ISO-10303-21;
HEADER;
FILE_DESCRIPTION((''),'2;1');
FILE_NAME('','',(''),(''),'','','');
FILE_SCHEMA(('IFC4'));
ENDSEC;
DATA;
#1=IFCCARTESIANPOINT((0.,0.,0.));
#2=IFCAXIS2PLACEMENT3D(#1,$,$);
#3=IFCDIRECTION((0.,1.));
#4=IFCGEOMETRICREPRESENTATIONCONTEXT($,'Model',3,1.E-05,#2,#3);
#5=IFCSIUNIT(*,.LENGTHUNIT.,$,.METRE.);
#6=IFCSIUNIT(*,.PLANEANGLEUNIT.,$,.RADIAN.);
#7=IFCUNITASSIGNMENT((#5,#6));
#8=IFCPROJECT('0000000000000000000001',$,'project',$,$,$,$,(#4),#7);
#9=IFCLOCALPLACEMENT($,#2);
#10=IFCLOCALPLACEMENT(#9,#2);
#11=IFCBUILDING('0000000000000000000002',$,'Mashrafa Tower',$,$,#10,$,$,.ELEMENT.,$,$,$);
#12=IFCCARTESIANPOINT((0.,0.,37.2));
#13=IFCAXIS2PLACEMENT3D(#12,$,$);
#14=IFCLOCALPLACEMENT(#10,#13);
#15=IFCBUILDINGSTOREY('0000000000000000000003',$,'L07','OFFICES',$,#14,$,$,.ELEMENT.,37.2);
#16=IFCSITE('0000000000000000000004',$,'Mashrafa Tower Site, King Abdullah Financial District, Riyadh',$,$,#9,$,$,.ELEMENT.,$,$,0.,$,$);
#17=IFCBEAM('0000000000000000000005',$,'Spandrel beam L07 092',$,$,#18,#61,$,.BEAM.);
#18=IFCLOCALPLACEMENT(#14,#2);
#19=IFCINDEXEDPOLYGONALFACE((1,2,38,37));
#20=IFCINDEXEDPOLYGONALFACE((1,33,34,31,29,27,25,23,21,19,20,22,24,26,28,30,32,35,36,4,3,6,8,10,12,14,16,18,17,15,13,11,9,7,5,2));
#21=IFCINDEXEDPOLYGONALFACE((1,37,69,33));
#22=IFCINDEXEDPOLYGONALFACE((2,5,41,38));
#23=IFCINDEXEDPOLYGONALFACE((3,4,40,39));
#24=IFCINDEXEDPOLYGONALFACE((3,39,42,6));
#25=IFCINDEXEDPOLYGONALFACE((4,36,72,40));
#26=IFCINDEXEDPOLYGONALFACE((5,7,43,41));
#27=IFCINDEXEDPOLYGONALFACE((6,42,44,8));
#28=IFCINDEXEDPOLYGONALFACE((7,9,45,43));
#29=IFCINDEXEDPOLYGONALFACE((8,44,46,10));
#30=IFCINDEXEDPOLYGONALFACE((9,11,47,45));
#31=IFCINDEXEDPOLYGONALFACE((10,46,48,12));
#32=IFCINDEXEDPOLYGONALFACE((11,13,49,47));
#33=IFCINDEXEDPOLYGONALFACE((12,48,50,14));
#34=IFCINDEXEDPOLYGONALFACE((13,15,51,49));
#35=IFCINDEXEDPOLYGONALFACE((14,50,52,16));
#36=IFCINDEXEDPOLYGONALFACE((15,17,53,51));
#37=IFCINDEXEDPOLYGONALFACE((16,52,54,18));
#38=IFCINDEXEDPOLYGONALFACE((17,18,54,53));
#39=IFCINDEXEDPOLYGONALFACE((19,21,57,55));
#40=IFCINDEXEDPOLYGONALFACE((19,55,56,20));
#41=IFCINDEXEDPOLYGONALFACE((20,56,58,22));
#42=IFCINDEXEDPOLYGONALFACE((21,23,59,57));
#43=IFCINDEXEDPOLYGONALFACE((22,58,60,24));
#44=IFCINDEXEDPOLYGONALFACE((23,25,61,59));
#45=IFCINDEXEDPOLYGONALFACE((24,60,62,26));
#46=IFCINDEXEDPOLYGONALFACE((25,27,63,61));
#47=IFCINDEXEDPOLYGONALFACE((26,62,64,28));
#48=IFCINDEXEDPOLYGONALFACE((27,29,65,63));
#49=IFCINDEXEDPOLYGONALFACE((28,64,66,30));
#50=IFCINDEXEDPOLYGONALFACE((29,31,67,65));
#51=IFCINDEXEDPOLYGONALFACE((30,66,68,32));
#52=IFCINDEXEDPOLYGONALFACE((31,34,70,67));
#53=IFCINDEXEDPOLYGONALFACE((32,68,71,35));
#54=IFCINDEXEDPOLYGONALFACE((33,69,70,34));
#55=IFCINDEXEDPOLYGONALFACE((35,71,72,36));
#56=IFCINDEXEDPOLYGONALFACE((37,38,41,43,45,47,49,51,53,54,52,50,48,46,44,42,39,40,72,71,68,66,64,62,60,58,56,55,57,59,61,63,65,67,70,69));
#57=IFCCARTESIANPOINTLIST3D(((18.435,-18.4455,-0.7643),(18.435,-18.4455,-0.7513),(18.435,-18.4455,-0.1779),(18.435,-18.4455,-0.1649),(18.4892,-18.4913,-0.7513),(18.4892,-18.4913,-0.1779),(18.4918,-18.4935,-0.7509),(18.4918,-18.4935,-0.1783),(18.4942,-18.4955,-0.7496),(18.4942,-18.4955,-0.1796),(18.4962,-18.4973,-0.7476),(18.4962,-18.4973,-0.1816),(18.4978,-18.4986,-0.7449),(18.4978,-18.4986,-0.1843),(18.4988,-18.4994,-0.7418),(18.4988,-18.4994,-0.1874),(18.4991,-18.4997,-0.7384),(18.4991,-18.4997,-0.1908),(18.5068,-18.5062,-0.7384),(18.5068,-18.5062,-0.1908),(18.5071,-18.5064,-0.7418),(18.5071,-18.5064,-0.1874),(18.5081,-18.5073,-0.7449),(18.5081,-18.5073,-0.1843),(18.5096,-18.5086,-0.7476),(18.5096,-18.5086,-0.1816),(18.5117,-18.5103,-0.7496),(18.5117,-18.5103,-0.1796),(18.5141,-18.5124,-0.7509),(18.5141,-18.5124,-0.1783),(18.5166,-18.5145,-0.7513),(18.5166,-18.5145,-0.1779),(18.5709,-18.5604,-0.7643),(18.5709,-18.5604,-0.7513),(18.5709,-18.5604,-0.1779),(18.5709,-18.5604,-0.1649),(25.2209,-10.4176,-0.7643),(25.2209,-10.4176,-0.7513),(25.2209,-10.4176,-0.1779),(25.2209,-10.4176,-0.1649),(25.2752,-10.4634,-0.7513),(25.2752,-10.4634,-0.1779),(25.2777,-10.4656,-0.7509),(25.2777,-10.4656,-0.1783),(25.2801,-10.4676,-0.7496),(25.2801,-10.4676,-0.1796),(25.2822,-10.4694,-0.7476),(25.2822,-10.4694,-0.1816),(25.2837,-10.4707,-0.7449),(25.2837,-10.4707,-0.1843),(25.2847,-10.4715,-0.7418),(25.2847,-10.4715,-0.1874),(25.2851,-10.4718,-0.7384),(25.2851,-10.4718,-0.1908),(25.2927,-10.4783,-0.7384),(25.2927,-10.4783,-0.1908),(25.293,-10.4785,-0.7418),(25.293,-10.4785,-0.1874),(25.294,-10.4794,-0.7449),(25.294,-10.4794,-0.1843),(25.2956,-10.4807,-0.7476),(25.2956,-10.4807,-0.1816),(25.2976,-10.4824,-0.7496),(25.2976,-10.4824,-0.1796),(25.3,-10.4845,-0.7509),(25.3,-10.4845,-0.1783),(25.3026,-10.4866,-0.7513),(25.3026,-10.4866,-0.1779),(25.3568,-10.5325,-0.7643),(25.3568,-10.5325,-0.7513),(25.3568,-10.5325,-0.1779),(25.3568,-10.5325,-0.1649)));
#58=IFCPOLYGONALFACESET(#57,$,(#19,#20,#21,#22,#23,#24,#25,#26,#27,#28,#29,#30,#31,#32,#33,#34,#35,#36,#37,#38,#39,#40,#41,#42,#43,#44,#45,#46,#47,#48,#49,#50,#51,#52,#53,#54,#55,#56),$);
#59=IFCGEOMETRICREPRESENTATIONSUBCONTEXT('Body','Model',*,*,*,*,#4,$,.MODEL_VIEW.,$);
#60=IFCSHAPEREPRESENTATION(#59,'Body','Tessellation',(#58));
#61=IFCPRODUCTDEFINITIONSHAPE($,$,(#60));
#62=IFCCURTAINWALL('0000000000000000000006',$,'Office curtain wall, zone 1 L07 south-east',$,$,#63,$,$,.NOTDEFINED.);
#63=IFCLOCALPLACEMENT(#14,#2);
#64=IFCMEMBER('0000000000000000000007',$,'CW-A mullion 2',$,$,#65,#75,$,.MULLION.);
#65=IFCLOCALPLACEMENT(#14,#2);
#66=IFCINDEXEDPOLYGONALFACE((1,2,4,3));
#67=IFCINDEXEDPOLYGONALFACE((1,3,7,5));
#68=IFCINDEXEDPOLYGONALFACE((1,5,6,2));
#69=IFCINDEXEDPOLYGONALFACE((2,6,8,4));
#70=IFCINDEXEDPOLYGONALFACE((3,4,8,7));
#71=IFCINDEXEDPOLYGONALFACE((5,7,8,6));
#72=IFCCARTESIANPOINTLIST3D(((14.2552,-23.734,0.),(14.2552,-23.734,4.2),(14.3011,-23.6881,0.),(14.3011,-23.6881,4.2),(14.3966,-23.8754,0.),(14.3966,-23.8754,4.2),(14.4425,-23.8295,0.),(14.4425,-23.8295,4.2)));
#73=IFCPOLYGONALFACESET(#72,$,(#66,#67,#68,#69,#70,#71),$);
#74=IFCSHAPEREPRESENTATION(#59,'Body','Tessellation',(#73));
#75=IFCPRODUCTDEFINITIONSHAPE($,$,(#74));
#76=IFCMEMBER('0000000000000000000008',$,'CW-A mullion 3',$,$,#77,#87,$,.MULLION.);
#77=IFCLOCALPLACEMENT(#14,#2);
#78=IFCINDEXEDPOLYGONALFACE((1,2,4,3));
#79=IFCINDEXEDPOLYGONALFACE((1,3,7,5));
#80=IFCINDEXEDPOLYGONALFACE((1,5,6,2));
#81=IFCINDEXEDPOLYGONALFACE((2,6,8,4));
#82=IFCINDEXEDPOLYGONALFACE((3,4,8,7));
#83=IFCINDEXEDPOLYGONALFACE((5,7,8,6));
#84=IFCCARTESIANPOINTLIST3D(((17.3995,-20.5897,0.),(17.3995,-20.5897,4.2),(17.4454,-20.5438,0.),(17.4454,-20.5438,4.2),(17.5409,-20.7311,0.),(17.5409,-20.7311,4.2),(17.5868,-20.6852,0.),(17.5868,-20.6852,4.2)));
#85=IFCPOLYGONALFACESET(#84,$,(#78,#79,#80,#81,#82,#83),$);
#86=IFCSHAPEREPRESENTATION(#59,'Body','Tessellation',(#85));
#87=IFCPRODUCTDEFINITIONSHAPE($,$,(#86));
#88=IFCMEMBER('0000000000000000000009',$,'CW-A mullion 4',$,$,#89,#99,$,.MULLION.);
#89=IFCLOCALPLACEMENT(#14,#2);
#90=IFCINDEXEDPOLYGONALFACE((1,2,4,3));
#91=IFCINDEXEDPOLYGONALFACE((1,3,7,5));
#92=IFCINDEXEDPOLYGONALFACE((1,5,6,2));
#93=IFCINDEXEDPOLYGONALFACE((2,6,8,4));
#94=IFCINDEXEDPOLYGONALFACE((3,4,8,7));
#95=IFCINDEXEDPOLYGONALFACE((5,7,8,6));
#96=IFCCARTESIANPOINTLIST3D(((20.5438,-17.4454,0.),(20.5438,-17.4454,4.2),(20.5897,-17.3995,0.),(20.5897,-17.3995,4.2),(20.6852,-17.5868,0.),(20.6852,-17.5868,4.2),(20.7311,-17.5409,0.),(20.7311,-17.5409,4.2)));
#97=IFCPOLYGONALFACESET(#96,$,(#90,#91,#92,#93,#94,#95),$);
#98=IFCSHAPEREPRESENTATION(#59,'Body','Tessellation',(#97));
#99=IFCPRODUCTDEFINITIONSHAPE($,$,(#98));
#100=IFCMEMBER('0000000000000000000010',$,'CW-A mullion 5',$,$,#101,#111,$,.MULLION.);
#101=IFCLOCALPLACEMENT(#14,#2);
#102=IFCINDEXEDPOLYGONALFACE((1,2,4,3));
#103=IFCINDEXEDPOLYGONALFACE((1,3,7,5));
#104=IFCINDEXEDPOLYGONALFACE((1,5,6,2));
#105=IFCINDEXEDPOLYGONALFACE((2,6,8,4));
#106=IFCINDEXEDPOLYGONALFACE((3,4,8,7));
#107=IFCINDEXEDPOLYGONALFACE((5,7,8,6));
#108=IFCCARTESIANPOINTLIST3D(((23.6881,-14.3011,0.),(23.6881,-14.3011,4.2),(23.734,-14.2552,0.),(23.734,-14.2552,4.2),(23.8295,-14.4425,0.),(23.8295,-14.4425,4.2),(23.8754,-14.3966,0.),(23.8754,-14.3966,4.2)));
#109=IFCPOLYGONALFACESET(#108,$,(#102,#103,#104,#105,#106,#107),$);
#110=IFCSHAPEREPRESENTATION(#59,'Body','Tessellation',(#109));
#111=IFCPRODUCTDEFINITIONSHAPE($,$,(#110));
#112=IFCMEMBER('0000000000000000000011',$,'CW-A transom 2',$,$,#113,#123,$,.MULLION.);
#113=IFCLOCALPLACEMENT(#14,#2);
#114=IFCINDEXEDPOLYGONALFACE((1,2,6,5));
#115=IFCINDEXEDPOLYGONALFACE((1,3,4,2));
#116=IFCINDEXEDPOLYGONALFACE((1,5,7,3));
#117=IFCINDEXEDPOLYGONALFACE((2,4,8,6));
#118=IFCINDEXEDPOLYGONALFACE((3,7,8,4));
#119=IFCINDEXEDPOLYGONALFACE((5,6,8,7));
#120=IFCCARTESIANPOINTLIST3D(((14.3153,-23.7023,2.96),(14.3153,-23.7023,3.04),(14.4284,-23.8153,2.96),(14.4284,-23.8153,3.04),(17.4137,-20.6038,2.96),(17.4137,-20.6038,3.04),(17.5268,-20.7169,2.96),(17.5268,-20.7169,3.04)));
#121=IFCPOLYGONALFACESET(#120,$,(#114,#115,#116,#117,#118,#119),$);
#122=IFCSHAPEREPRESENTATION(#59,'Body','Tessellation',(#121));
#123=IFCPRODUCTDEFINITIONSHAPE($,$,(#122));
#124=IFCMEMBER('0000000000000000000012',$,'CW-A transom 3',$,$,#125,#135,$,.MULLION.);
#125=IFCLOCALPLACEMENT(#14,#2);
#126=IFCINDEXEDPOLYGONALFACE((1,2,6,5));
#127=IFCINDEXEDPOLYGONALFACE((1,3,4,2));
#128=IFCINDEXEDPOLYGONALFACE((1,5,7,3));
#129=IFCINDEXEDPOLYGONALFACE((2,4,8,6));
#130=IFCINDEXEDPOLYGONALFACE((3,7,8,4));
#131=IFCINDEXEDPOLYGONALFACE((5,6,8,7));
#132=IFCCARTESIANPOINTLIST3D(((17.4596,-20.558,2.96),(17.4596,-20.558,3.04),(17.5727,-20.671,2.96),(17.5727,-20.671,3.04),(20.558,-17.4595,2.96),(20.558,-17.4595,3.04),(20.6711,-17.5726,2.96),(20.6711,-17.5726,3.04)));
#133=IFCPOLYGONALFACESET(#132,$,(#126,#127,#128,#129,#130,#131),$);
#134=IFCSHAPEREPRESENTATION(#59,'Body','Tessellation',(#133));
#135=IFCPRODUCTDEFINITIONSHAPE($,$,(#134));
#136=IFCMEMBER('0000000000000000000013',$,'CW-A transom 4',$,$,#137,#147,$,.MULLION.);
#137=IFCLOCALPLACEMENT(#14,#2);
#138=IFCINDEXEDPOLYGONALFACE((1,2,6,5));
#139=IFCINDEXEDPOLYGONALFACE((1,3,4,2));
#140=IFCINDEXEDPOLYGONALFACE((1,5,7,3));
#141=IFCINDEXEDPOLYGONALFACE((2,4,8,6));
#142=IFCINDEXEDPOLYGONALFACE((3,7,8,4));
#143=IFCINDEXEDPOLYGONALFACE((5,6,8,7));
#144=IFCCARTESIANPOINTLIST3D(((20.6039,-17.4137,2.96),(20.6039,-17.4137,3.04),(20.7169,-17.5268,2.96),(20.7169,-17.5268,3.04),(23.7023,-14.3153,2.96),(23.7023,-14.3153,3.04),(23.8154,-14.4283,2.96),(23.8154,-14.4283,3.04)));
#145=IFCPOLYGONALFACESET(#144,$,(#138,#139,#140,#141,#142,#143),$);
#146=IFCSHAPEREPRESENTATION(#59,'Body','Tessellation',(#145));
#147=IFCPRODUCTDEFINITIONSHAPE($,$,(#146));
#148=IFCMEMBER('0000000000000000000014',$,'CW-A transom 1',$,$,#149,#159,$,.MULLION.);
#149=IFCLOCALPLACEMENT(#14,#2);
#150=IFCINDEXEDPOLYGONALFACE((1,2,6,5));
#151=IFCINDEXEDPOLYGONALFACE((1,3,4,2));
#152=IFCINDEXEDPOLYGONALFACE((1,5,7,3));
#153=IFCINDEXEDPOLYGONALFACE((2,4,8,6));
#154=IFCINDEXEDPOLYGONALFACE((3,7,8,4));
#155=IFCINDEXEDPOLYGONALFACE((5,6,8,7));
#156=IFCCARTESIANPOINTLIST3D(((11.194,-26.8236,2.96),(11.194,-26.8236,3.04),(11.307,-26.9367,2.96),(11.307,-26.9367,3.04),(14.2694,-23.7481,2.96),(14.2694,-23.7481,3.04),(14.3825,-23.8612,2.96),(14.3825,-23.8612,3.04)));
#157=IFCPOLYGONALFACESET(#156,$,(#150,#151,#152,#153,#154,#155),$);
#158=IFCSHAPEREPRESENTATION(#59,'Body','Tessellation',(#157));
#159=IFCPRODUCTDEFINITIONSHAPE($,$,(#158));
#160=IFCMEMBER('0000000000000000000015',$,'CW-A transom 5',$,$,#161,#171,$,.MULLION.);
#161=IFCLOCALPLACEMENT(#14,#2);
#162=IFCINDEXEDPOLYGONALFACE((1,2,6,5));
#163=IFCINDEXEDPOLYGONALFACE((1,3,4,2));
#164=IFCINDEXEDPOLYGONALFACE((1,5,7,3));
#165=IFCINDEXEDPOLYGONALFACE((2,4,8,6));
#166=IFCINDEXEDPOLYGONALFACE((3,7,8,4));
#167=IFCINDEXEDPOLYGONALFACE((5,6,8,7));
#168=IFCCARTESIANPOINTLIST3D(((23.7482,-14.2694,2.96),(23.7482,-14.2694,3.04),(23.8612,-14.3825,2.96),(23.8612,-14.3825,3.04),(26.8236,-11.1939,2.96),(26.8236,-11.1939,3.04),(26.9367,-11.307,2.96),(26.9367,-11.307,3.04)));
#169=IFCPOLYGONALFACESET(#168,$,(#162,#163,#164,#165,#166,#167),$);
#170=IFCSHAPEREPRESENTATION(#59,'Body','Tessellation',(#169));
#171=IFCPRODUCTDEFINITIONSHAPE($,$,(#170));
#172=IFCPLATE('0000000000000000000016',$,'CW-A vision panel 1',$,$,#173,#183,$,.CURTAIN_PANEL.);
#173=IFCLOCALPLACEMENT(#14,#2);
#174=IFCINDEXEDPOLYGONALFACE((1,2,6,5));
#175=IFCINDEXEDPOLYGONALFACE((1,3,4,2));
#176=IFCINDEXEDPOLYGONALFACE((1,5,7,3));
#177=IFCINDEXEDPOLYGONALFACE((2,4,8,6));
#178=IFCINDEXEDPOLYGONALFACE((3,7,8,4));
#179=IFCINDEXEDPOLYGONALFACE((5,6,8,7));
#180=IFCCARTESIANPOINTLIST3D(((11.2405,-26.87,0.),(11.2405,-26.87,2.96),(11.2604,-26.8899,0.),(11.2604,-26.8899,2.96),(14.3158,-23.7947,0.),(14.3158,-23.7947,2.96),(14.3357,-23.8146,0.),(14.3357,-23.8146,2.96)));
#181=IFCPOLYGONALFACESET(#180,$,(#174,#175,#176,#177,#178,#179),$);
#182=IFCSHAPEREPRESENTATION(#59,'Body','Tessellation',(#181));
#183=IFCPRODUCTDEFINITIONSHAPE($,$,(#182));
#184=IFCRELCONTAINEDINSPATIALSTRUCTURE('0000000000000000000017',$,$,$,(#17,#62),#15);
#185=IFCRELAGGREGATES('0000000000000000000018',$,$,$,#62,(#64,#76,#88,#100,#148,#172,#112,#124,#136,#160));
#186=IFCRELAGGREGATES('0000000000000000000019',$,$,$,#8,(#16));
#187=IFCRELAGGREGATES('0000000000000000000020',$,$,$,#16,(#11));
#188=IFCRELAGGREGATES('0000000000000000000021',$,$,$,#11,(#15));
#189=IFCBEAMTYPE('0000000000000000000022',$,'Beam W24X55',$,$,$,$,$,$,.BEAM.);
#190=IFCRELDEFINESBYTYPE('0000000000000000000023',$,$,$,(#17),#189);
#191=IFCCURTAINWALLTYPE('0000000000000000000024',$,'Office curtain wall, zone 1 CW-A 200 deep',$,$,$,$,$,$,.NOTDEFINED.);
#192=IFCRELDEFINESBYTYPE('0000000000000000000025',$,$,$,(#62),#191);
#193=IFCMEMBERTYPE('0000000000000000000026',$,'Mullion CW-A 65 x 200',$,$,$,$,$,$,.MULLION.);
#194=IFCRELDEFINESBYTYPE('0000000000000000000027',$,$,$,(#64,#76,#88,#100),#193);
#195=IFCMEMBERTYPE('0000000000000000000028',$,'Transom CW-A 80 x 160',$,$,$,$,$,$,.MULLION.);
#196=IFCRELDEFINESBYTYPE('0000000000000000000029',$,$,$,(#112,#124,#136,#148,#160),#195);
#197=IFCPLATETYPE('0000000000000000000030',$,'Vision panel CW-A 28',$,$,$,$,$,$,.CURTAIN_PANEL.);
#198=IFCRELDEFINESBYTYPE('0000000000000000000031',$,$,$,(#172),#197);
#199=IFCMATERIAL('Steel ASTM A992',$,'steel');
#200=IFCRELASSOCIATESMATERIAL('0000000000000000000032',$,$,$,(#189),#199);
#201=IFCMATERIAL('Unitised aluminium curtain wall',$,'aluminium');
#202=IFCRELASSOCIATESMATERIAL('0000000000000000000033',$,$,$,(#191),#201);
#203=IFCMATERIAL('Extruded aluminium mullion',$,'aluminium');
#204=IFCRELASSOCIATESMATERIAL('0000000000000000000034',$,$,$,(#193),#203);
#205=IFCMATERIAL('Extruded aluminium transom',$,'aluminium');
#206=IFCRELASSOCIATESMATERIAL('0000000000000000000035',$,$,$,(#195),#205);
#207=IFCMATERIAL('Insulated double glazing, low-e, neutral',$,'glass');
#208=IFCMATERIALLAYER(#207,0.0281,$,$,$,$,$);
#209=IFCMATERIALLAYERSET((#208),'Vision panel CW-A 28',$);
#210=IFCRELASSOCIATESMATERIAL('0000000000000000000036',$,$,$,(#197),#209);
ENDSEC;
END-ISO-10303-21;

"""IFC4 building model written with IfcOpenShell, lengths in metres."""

from ifc_helpers import new_model, si_unit, direction, frame, origin, origin_2d, place, context, subcontext, project, spatial, rectangle, i_section, extrude, source, transform, mapped, material, layer, layer_set, material_profile, profile_set, type_object, type_shapes, element, aggregate, save


model = new_model("IFC4")

# Units and contexts
model_context = context("Model", 3, precision=1e-05, world=origin(), true_north=direction((0.0, 1.0)))
body_context = subcontext(model_context, "Body", "Model", "MODEL_VIEW")
ifc_project = project(units=[si_unit("LENGTHUNIT", "METRE"), si_unit("PLANEANGLEUNIT", "RADIAN")], contexts=[model_context])

# Site, building, storey
site_placement = place(None, origin())
site = spatial("IfcSite", under=ifc_project, at=site_placement, Name="Mashrafa Tower Site, King Abdullah Financial District, Riyadh", CompositionType="ELEMENT", RefElevation=0.0)
building_placement = place(site_placement, origin())
building = spatial("IfcBuilding", under=site, at=building_placement, Name="Mashrafa Tower", CompositionType="ELEMENT")
storey_placement = place(building_placement, frame((0.0, 0.0, 37.2)))
storey = spatial("IfcBuildingStorey", under=building, at=storey_placement, Name="L07", Description="OFFICES", CompositionType="ELEMENT", Elevation=37.2)

# Beam
ifc_material_1 = material(Name="Steel ASTM A992", Category="steel")
ifc_material_profile_1 = material_profile(ifc_material_1, i_section(OverallWidth=0.178, OverallDepth=0.5994, WebThickness=0.01, FlangeThickness=0.0129, FilletRadius=0.0129, at=origin_2d()), Name="W24X55")
ifc_profile_set_1 = profile_set([ifc_material_profile_1], Name="Steel ASTM A992")
beam_type_1 = type_object("IfcBeamType", Name="Beam W24X55", PredefinedType="BEAM", material=ifc_profile_set_1)
beam_1_placement = place(storey_placement, frame((18.5029, -18.5029, -0.4646), z_axis=(0.64556, 0.76371, 0.0), x_axis=(-0.76371, 0.64556, 0.0)))
element("IfcBeam", 1, at=beam_1_placement, inside=storey, type_object=beam_type_1, Name="Spandrel beam L07 092", PredefinedType="BEAM", context=body_context, shape_type="SweptSolid", body=[
    extrude(i_section(OverallWidth=0.178, OverallDepth=0.5994, WebThickness=0.01, FlangeThickness=0.0129, FilletRadius=0.0129, at=origin_2d()), origin(), (0.0, 0.0, 1.0), 10.5117),
])

# Curtain wall, members, plate
ifc_material_2 = material(Name="Unitised aluminium curtain wall", Category="aluminium")
curtain_wall_type = type_object("IfcCurtainWallType", Name="Office curtain wall, zone 1 CW-A 200 deep", PredefinedType="NOTDEFINED", material=ifc_material_2)
curtain_wall_placement = place(storey_placement, origin())
curtain_wall = element("IfcCurtainWall", 2, at=curtain_wall_placement, inside=storey, type_object=curtain_wall_type, Name="Office curtain wall, zone 1 L07 south-east", PredefinedType="NOTDEFINED")
ifc_material_3 = material(Name="Extruded aluminium mullion", Category="aluminium")
ifc_material_profile_2 = material_profile(ifc_material_3, rectangle(XDim=0.2, YDim=0.0649, at=origin_2d()), Name="Mullion 65x200")
ifc_profile_set_2 = profile_set([ifc_material_profile_2], Name="Extruded aluminium mullion")
member_type_1 = type_object("IfcMemberType", Name="Mullion CW-A 65 x 200", PredefinedType="MULLION", material=ifc_profile_set_2)
shared_shape_1 = source(origin(), body_context, "Body", "SweptSolid", [
    extrude(rectangle(XDim=0.2, YDim=0.0649, at=origin_2d()), origin(), (0.0, 0.0, 1.0), 4.2),
])
type_shapes(member_type_1, [shared_shape_1])
member_1_placement = place(storey_placement, frame((14.3489, -23.7817, 0.0), z_axis=(0.0, 0.0, 1.0), x_axis=(-0.707107, 0.707107, 0.0)))
member_1 = element("IfcMember", 3, at=member_1_placement, type_object=member_type_1, Name="CW-A mullion 2", PredefinedType="MULLION", context=body_context, shape_type="MappedRepresentation", body=[
    mapped(shared_shape_1, transform((0.0, 0.0, 0.0))),
])
member_2_placement = place(storey_placement, frame((17.4932, -20.6375, 0.0), z_axis=(0.0, 0.0, 1.0), x_axis=(-0.707107, 0.707107, 0.0)))
member_2 = element("IfcMember", 4, at=member_2_placement, type_object=member_type_1, Name="CW-A mullion 3", PredefinedType="MULLION", context=body_context, shape_type="MappedRepresentation", body=[
    mapped(shared_shape_1, transform((0.0, 0.0, 0.0))),
])
member_3_placement = place(storey_placement, frame((20.6375, -17.4932, 0.0), z_axis=(0.0, 0.0, 1.0), x_axis=(-0.707107, 0.707107, 0.0)))
member_3 = element("IfcMember", 5, at=member_3_placement, type_object=member_type_1, Name="CW-A mullion 4", PredefinedType="MULLION", context=body_context, shape_type="MappedRepresentation", body=[
    mapped(shared_shape_1, transform((0.0, 0.0, 0.0))),
])
member_4_placement = place(storey_placement, frame((23.7817, -14.3489, 0.0), z_axis=(0.0, 0.0, 1.0), x_axis=(-0.707107, 0.707107, 0.0)))
member_4 = element("IfcMember", 6, at=member_4_placement, type_object=member_type_1, Name="CW-A mullion 5", PredefinedType="MULLION", context=body_context, shape_type="MappedRepresentation", body=[
    mapped(shared_shape_1, transform((0.0, 0.0, 0.0))),
])
ifc_material_4 = material(Name="Extruded aluminium transom", Category="aluminium")
ifc_material_profile_3 = material_profile(ifc_material_4, rectangle(XDim=0.1599, YDim=0.0801, at=origin_2d()), Name="Transom 80x160")
ifc_profile_set_3 = profile_set([ifc_material_profile_3], Name="Extruded aluminium transom")
member_type_2 = type_object("IfcMemberType", Name="Transom CW-A 80 x 160", PredefinedType="MULLION", material=ifc_profile_set_3)
shared_shape_2 = source(origin(), body_context, "Body", "SweptSolid", [
    extrude(rectangle(XDim=0.1599, YDim=0.0801, at=origin_2d()), origin(), (0.0, 0.0, 1.0), 4.3818),
])
member_5_placement = place(storey_placement, frame((14.3718, -23.7588, 3.0), z_axis=(0.707107, 0.707107, 0.0), x_axis=(-0.707107, 0.707107, 0.0)))
member_5 = element("IfcMember", 7, at=member_5_placement, type_object=member_type_2, Name="CW-A transom 2", PredefinedType="MULLION", context=body_context, shape_type="MappedRepresentation", body=[
    mapped(shared_shape_2, transform((0.0, 0.0, 0.0))),
])
member_6_placement = place(storey_placement, frame((17.5161, -20.6145, 3.0), z_axis=(0.707107, 0.707107, 0.0), x_axis=(-0.707107, 0.707107, 0.0)))
member_6 = element("IfcMember", 8, at=member_6_placement, type_object=member_type_2, Name="CW-A transom 3", PredefinedType="MULLION", context=body_context, shape_type="MappedRepresentation", body=[
    mapped(shared_shape_2, transform((0.0, 0.0, 0.0))),
])
member_7_placement = place(storey_placement, frame((20.6604, -17.4702, 3.0), z_axis=(0.707107, 0.707107, 0.0), x_axis=(-0.707107, 0.707107, 0.0)))
member_7 = element("IfcMember", 9, at=member_7_placement, type_object=member_type_2, Name="CW-A transom 4", PredefinedType="MULLION", context=body_context, shape_type="MappedRepresentation", body=[
    mapped(shared_shape_2, transform((0.0, 0.0, 0.0))),
])
shared_shape_3 = source(origin(), body_context, "Body", "SweptSolid", [
    extrude(rectangle(XDim=0.1599, YDim=0.0801, at=origin_2d()), origin(), (0.0, 0.0, 1.0), 4.3494),
])
type_shapes(member_type_2, [shared_shape_2, shared_shape_3])
member_8_placement = place(storey_placement, frame((11.2505, -26.8801, 3.0), z_axis=(0.707107, 0.707107, 0.0), x_axis=(-0.707107, 0.707107, 0.0)))
member_8 = element("IfcMember", 10, at=member_8_placement, type_object=member_type_2, Name="CW-A transom 1", PredefinedType="MULLION", context=body_context, shape_type="MappedRepresentation", body=[
    mapped(shared_shape_3, transform((0.0, 0.0, 0.0))),
])
member_9_placement = place(storey_placement, frame((23.8047, -14.3259, 3.0), z_axis=(0.707107, 0.707107, 0.0), x_axis=(-0.707107, 0.707107, 0.0)))
member_9 = element("IfcMember", 11, at=member_9_placement, type_object=member_type_2, Name="CW-A transom 5", PredefinedType="MULLION", context=body_context, shape_type="MappedRepresentation", body=[
    mapped(shared_shape_3, transform((0.0, 0.0, 0.0))),
])
ifc_material_5 = material(Name="Insulated double glazing, low-e, neutral", Category="glass")
ifc_layer_1 = layer(ifc_material_5, 0.0281)
ifc_layer_set_1 = layer_set([ifc_layer_1], Name="Vision panel CW-A 28")
plate_type_1 = type_object("IfcPlateType", Name="Vision panel CW-A 28", PredefinedType="CURTAIN_PANEL", material=ifc_layer_set_1)
shared_shape_4 = source(origin(), body_context, "Body", "SweptSolid", [
    extrude(rectangle(XDim=4.3491, YDim=0.0281, at=origin_2d()), origin(), (0.0, 0.0, 1.0), 2.96),
])
plate_1_placement = place(storey_placement, frame((12.7881, -25.3423, 0.0), z_axis=(0.0, 0.0, 1.0), x_axis=(0.707107, 0.707107, 0.0)))
plate_1 = element("IfcPlate", 12, at=plate_1_placement, type_object=plate_type_1, Name="CW-A vision panel 1", PredefinedType="CURTAIN_PANEL", context=body_context, shape_type="MappedRepresentation", body=[
    mapped(shared_shape_4, transform((0.0, 0.0, 0.0))),
])
aggregate(curtain_wall, [member_1, member_2, member_3, member_4, member_8, plate_1, member_5, member_6, member_7, member_9])

save(model, "model.ifc")
